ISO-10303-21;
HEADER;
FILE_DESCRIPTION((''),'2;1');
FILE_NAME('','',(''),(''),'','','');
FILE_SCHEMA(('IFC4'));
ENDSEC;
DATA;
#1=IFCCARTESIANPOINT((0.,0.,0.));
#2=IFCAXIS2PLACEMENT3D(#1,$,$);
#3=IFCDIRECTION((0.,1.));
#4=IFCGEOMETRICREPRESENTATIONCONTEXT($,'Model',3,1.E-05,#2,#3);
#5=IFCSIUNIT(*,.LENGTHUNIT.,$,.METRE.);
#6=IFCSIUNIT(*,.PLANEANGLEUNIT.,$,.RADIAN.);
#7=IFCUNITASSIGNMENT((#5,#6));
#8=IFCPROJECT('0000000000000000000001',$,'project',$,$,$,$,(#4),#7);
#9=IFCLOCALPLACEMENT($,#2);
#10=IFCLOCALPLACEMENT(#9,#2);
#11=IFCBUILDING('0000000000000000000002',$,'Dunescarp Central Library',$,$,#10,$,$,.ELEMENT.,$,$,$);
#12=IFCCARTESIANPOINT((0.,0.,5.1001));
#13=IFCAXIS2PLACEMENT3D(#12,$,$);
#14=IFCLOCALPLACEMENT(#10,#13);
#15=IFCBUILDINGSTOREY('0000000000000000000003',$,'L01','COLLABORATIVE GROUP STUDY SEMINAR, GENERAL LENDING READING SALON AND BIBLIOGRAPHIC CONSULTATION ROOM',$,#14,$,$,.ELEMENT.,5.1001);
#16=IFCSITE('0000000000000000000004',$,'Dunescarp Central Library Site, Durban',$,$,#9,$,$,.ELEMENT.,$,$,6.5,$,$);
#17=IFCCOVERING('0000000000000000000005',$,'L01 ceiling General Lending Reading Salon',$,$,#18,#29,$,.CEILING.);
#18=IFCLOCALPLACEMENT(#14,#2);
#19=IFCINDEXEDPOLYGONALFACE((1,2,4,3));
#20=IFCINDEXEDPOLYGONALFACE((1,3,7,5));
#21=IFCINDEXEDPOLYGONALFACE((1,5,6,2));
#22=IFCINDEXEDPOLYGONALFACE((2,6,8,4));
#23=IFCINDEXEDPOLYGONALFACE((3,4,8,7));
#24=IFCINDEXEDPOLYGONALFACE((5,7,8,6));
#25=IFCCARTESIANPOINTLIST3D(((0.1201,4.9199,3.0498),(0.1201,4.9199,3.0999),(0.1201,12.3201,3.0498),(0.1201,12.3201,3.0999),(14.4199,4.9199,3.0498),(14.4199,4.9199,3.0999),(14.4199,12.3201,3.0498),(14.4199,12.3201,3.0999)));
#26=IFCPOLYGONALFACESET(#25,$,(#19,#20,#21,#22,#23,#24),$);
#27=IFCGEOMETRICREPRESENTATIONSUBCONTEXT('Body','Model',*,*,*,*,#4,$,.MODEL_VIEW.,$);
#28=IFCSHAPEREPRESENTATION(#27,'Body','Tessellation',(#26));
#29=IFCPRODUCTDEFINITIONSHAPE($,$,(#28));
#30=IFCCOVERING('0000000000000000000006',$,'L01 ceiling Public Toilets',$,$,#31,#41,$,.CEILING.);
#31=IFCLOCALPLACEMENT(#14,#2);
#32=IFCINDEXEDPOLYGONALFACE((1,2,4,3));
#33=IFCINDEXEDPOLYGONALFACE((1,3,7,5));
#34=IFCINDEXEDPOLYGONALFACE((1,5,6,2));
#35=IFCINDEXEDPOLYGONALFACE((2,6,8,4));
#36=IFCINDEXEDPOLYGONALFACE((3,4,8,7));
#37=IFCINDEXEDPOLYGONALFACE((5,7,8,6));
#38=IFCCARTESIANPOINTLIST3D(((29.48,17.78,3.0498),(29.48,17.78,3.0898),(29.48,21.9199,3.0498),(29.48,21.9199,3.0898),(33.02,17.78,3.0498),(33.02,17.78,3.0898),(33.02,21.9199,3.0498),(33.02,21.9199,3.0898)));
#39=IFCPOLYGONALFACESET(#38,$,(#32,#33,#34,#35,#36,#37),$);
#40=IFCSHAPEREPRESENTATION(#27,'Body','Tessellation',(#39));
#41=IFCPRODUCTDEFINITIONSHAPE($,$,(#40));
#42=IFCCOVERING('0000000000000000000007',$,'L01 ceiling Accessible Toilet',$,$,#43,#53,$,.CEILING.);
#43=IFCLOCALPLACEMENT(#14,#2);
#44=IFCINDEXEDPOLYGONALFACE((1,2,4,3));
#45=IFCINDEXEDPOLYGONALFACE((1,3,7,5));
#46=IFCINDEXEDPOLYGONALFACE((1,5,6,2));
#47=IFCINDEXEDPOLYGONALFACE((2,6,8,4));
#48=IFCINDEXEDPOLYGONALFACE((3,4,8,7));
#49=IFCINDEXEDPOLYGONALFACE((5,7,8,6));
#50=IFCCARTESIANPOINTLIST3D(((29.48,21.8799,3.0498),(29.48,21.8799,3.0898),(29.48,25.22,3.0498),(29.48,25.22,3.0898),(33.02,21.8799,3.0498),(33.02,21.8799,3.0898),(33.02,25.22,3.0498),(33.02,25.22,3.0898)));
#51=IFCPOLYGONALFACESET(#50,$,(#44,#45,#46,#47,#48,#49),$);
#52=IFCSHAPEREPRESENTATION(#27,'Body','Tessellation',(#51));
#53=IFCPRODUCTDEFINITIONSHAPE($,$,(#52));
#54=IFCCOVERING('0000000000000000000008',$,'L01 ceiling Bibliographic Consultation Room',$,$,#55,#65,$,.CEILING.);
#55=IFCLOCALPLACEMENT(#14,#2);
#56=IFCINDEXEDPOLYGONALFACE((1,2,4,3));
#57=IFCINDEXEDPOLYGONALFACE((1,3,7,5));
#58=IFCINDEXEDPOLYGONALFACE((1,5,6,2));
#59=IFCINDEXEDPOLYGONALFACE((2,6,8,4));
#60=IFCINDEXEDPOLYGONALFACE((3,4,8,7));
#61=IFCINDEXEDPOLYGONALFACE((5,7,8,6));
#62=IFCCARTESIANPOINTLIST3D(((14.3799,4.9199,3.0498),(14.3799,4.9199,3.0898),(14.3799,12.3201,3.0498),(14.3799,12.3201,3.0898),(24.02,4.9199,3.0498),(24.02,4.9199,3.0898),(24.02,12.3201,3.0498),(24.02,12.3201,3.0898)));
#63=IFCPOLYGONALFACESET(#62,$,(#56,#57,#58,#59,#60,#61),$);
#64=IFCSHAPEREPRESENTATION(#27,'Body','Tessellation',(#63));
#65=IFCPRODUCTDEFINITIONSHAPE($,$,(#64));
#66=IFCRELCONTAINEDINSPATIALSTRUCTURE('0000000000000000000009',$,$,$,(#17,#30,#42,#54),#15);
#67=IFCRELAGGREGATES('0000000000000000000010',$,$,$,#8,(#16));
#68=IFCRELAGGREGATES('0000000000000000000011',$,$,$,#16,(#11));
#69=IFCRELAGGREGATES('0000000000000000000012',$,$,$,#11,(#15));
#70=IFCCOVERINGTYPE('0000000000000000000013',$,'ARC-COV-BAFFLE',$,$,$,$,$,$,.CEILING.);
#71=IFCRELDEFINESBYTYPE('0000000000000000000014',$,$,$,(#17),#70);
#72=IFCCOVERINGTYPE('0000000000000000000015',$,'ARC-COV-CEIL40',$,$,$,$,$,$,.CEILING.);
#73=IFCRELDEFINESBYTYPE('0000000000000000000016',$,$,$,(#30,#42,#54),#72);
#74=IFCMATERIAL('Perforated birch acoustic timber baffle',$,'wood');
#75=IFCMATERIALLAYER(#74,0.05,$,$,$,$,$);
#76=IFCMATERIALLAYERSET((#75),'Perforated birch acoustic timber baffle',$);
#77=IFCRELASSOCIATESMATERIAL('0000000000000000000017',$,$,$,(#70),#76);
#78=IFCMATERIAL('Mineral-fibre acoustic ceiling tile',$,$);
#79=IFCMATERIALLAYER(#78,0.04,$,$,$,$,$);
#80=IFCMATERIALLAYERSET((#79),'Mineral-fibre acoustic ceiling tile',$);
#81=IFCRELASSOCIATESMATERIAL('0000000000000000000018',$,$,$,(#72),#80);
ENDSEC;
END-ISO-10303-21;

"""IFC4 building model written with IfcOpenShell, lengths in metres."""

from ifc_helpers import new_model, si_unit, direction, frame, origin, place, context, subcontext, project, spatial, polyline, outline, extrude, material, layer, layer_set, type_object, element, save


model = new_model("IFC4")

# Units and contexts
model_context = context("Model", 3, precision=1e-05, world=origin(), true_north=direction((0.0, 1.0)))
body_context = subcontext(model_context, "Body", "Model", "MODEL_VIEW")
ifc_project = project(units=[si_unit("LENGTHUNIT", "METRE"), si_unit("PLANEANGLEUNIT", "RADIAN")], contexts=[model_context])

# Site, building, storey
site_placement = place(None, origin())
site = spatial("IfcSite", under=ifc_project, at=site_placement, Name="Dunescarp Central Library Site, Durban", CompositionType="ELEMENT", RefElevation=6.5)
building_placement = place(site_placement, origin())
building = spatial("IfcBuilding", under=site, at=building_placement, Name="Dunescarp Central Library", CompositionType="ELEMENT")
storey_placement = place(building_placement, frame((0.0, 0.0, 5.1001)))
storey = spatial("IfcBuildingStorey", under=building, at=storey_placement, Name="L01", Description="COLLABORATIVE GROUP STUDY SEMINAR, GENERAL LENDING READING SALON AND BIBLIOGRAPHIC CONSULTATION ROOM", CompositionType="ELEMENT", Elevation=5.1001)

# Coverings
ifc_material_1 = material(Name="Perforated birch acoustic timber baffle", Category="wood")
ifc_layer_1 = layer(ifc_material_1, 0.05)
ifc_layer_set_1 = layer_set([ifc_layer_1], Name="Perforated birch acoustic timber baffle")
covering_type_1 = type_object("IfcCoveringType", Name="ARC-COV-BAFFLE", PredefinedType="CEILING", material=ifc_layer_set_1)
covering_1_placement = place(storey_placement, frame((0.0, 0.0, 3.0498)))
element("IfcCovering", 1, at=covering_1_placement, inside=storey, type_object=covering_type_1, Name="L01 ceiling General Lending Reading Salon", PredefinedType="CEILING", context=body_context, shape_type="SweptSolid", body=[
    extrude(outline(polyline([(0.1201, 4.9199), (14.4199, 4.9199), (14.4199, 12.3201), (0.1201, 12.3201), (0.1201, 4.9199)])), origin(), (0.0, 0.0, 1.0), 0.05),
])
ifc_material_2 = material(Name="Mineral-fibre acoustic ceiling tile")
ifc_layer_2 = layer(ifc_material_2, 0.04)
ifc_layer_set_2 = layer_set([ifc_layer_2], Name="Mineral-fibre acoustic ceiling tile")
covering_type_2 = type_object("IfcCoveringType", Name="ARC-COV-CEIL40", PredefinedType="CEILING", material=ifc_layer_set_2)
covering_2_placement = place(storey_placement, frame((0.0, 0.0, 3.0498)))
element("IfcCovering", 2, at=covering_2_placement, inside=storey, type_object=covering_type_2, Name="L01 ceiling Public Toilets", PredefinedType="CEILING", context=body_context, shape_type="SweptSolid", body=[
    extrude(outline(polyline([(29.48, 17.78), (33.02, 17.78), (33.02, 21.9199), (29.48, 21.9199), (29.48, 17.78)])), origin(), (0.0, 0.0, 1.0), 0.04),
])
covering_3_placement = place(storey_placement, frame((0.0, 0.0, 3.0498)))
element("IfcCovering", 3, at=covering_3_placement, inside=storey, type_object=covering_type_2, Name="L01 ceiling Accessible Toilet", PredefinedType="CEILING", context=body_context, shape_type="SweptSolid", body=[
    extrude(outline(polyline([(29.48, 21.8799), (33.02, 21.8799), (33.02, 25.22), (29.48, 25.22), (29.48, 21.8799)])), origin(), (0.0, 0.0, 1.0), 0.04),
])
covering_4_placement = place(storey_placement, frame((0.0, 0.0, 3.0498)))
element("IfcCovering", 4, at=covering_4_placement, inside=storey, type_object=covering_type_2, Name="L01 ceiling Bibliographic Consultation Room", PredefinedType="CEILING", context=body_context, shape_type="SweptSolid", body=[
    extrude(outline(polyline([(14.3799, 4.9199), (24.02, 4.9199), (24.02, 12.3201), (14.3799, 12.3201), (14.3799, 4.9199)])), origin(), (0.0, 0.0, 1.0), 0.04),
])

save(model, "model.ifc")
